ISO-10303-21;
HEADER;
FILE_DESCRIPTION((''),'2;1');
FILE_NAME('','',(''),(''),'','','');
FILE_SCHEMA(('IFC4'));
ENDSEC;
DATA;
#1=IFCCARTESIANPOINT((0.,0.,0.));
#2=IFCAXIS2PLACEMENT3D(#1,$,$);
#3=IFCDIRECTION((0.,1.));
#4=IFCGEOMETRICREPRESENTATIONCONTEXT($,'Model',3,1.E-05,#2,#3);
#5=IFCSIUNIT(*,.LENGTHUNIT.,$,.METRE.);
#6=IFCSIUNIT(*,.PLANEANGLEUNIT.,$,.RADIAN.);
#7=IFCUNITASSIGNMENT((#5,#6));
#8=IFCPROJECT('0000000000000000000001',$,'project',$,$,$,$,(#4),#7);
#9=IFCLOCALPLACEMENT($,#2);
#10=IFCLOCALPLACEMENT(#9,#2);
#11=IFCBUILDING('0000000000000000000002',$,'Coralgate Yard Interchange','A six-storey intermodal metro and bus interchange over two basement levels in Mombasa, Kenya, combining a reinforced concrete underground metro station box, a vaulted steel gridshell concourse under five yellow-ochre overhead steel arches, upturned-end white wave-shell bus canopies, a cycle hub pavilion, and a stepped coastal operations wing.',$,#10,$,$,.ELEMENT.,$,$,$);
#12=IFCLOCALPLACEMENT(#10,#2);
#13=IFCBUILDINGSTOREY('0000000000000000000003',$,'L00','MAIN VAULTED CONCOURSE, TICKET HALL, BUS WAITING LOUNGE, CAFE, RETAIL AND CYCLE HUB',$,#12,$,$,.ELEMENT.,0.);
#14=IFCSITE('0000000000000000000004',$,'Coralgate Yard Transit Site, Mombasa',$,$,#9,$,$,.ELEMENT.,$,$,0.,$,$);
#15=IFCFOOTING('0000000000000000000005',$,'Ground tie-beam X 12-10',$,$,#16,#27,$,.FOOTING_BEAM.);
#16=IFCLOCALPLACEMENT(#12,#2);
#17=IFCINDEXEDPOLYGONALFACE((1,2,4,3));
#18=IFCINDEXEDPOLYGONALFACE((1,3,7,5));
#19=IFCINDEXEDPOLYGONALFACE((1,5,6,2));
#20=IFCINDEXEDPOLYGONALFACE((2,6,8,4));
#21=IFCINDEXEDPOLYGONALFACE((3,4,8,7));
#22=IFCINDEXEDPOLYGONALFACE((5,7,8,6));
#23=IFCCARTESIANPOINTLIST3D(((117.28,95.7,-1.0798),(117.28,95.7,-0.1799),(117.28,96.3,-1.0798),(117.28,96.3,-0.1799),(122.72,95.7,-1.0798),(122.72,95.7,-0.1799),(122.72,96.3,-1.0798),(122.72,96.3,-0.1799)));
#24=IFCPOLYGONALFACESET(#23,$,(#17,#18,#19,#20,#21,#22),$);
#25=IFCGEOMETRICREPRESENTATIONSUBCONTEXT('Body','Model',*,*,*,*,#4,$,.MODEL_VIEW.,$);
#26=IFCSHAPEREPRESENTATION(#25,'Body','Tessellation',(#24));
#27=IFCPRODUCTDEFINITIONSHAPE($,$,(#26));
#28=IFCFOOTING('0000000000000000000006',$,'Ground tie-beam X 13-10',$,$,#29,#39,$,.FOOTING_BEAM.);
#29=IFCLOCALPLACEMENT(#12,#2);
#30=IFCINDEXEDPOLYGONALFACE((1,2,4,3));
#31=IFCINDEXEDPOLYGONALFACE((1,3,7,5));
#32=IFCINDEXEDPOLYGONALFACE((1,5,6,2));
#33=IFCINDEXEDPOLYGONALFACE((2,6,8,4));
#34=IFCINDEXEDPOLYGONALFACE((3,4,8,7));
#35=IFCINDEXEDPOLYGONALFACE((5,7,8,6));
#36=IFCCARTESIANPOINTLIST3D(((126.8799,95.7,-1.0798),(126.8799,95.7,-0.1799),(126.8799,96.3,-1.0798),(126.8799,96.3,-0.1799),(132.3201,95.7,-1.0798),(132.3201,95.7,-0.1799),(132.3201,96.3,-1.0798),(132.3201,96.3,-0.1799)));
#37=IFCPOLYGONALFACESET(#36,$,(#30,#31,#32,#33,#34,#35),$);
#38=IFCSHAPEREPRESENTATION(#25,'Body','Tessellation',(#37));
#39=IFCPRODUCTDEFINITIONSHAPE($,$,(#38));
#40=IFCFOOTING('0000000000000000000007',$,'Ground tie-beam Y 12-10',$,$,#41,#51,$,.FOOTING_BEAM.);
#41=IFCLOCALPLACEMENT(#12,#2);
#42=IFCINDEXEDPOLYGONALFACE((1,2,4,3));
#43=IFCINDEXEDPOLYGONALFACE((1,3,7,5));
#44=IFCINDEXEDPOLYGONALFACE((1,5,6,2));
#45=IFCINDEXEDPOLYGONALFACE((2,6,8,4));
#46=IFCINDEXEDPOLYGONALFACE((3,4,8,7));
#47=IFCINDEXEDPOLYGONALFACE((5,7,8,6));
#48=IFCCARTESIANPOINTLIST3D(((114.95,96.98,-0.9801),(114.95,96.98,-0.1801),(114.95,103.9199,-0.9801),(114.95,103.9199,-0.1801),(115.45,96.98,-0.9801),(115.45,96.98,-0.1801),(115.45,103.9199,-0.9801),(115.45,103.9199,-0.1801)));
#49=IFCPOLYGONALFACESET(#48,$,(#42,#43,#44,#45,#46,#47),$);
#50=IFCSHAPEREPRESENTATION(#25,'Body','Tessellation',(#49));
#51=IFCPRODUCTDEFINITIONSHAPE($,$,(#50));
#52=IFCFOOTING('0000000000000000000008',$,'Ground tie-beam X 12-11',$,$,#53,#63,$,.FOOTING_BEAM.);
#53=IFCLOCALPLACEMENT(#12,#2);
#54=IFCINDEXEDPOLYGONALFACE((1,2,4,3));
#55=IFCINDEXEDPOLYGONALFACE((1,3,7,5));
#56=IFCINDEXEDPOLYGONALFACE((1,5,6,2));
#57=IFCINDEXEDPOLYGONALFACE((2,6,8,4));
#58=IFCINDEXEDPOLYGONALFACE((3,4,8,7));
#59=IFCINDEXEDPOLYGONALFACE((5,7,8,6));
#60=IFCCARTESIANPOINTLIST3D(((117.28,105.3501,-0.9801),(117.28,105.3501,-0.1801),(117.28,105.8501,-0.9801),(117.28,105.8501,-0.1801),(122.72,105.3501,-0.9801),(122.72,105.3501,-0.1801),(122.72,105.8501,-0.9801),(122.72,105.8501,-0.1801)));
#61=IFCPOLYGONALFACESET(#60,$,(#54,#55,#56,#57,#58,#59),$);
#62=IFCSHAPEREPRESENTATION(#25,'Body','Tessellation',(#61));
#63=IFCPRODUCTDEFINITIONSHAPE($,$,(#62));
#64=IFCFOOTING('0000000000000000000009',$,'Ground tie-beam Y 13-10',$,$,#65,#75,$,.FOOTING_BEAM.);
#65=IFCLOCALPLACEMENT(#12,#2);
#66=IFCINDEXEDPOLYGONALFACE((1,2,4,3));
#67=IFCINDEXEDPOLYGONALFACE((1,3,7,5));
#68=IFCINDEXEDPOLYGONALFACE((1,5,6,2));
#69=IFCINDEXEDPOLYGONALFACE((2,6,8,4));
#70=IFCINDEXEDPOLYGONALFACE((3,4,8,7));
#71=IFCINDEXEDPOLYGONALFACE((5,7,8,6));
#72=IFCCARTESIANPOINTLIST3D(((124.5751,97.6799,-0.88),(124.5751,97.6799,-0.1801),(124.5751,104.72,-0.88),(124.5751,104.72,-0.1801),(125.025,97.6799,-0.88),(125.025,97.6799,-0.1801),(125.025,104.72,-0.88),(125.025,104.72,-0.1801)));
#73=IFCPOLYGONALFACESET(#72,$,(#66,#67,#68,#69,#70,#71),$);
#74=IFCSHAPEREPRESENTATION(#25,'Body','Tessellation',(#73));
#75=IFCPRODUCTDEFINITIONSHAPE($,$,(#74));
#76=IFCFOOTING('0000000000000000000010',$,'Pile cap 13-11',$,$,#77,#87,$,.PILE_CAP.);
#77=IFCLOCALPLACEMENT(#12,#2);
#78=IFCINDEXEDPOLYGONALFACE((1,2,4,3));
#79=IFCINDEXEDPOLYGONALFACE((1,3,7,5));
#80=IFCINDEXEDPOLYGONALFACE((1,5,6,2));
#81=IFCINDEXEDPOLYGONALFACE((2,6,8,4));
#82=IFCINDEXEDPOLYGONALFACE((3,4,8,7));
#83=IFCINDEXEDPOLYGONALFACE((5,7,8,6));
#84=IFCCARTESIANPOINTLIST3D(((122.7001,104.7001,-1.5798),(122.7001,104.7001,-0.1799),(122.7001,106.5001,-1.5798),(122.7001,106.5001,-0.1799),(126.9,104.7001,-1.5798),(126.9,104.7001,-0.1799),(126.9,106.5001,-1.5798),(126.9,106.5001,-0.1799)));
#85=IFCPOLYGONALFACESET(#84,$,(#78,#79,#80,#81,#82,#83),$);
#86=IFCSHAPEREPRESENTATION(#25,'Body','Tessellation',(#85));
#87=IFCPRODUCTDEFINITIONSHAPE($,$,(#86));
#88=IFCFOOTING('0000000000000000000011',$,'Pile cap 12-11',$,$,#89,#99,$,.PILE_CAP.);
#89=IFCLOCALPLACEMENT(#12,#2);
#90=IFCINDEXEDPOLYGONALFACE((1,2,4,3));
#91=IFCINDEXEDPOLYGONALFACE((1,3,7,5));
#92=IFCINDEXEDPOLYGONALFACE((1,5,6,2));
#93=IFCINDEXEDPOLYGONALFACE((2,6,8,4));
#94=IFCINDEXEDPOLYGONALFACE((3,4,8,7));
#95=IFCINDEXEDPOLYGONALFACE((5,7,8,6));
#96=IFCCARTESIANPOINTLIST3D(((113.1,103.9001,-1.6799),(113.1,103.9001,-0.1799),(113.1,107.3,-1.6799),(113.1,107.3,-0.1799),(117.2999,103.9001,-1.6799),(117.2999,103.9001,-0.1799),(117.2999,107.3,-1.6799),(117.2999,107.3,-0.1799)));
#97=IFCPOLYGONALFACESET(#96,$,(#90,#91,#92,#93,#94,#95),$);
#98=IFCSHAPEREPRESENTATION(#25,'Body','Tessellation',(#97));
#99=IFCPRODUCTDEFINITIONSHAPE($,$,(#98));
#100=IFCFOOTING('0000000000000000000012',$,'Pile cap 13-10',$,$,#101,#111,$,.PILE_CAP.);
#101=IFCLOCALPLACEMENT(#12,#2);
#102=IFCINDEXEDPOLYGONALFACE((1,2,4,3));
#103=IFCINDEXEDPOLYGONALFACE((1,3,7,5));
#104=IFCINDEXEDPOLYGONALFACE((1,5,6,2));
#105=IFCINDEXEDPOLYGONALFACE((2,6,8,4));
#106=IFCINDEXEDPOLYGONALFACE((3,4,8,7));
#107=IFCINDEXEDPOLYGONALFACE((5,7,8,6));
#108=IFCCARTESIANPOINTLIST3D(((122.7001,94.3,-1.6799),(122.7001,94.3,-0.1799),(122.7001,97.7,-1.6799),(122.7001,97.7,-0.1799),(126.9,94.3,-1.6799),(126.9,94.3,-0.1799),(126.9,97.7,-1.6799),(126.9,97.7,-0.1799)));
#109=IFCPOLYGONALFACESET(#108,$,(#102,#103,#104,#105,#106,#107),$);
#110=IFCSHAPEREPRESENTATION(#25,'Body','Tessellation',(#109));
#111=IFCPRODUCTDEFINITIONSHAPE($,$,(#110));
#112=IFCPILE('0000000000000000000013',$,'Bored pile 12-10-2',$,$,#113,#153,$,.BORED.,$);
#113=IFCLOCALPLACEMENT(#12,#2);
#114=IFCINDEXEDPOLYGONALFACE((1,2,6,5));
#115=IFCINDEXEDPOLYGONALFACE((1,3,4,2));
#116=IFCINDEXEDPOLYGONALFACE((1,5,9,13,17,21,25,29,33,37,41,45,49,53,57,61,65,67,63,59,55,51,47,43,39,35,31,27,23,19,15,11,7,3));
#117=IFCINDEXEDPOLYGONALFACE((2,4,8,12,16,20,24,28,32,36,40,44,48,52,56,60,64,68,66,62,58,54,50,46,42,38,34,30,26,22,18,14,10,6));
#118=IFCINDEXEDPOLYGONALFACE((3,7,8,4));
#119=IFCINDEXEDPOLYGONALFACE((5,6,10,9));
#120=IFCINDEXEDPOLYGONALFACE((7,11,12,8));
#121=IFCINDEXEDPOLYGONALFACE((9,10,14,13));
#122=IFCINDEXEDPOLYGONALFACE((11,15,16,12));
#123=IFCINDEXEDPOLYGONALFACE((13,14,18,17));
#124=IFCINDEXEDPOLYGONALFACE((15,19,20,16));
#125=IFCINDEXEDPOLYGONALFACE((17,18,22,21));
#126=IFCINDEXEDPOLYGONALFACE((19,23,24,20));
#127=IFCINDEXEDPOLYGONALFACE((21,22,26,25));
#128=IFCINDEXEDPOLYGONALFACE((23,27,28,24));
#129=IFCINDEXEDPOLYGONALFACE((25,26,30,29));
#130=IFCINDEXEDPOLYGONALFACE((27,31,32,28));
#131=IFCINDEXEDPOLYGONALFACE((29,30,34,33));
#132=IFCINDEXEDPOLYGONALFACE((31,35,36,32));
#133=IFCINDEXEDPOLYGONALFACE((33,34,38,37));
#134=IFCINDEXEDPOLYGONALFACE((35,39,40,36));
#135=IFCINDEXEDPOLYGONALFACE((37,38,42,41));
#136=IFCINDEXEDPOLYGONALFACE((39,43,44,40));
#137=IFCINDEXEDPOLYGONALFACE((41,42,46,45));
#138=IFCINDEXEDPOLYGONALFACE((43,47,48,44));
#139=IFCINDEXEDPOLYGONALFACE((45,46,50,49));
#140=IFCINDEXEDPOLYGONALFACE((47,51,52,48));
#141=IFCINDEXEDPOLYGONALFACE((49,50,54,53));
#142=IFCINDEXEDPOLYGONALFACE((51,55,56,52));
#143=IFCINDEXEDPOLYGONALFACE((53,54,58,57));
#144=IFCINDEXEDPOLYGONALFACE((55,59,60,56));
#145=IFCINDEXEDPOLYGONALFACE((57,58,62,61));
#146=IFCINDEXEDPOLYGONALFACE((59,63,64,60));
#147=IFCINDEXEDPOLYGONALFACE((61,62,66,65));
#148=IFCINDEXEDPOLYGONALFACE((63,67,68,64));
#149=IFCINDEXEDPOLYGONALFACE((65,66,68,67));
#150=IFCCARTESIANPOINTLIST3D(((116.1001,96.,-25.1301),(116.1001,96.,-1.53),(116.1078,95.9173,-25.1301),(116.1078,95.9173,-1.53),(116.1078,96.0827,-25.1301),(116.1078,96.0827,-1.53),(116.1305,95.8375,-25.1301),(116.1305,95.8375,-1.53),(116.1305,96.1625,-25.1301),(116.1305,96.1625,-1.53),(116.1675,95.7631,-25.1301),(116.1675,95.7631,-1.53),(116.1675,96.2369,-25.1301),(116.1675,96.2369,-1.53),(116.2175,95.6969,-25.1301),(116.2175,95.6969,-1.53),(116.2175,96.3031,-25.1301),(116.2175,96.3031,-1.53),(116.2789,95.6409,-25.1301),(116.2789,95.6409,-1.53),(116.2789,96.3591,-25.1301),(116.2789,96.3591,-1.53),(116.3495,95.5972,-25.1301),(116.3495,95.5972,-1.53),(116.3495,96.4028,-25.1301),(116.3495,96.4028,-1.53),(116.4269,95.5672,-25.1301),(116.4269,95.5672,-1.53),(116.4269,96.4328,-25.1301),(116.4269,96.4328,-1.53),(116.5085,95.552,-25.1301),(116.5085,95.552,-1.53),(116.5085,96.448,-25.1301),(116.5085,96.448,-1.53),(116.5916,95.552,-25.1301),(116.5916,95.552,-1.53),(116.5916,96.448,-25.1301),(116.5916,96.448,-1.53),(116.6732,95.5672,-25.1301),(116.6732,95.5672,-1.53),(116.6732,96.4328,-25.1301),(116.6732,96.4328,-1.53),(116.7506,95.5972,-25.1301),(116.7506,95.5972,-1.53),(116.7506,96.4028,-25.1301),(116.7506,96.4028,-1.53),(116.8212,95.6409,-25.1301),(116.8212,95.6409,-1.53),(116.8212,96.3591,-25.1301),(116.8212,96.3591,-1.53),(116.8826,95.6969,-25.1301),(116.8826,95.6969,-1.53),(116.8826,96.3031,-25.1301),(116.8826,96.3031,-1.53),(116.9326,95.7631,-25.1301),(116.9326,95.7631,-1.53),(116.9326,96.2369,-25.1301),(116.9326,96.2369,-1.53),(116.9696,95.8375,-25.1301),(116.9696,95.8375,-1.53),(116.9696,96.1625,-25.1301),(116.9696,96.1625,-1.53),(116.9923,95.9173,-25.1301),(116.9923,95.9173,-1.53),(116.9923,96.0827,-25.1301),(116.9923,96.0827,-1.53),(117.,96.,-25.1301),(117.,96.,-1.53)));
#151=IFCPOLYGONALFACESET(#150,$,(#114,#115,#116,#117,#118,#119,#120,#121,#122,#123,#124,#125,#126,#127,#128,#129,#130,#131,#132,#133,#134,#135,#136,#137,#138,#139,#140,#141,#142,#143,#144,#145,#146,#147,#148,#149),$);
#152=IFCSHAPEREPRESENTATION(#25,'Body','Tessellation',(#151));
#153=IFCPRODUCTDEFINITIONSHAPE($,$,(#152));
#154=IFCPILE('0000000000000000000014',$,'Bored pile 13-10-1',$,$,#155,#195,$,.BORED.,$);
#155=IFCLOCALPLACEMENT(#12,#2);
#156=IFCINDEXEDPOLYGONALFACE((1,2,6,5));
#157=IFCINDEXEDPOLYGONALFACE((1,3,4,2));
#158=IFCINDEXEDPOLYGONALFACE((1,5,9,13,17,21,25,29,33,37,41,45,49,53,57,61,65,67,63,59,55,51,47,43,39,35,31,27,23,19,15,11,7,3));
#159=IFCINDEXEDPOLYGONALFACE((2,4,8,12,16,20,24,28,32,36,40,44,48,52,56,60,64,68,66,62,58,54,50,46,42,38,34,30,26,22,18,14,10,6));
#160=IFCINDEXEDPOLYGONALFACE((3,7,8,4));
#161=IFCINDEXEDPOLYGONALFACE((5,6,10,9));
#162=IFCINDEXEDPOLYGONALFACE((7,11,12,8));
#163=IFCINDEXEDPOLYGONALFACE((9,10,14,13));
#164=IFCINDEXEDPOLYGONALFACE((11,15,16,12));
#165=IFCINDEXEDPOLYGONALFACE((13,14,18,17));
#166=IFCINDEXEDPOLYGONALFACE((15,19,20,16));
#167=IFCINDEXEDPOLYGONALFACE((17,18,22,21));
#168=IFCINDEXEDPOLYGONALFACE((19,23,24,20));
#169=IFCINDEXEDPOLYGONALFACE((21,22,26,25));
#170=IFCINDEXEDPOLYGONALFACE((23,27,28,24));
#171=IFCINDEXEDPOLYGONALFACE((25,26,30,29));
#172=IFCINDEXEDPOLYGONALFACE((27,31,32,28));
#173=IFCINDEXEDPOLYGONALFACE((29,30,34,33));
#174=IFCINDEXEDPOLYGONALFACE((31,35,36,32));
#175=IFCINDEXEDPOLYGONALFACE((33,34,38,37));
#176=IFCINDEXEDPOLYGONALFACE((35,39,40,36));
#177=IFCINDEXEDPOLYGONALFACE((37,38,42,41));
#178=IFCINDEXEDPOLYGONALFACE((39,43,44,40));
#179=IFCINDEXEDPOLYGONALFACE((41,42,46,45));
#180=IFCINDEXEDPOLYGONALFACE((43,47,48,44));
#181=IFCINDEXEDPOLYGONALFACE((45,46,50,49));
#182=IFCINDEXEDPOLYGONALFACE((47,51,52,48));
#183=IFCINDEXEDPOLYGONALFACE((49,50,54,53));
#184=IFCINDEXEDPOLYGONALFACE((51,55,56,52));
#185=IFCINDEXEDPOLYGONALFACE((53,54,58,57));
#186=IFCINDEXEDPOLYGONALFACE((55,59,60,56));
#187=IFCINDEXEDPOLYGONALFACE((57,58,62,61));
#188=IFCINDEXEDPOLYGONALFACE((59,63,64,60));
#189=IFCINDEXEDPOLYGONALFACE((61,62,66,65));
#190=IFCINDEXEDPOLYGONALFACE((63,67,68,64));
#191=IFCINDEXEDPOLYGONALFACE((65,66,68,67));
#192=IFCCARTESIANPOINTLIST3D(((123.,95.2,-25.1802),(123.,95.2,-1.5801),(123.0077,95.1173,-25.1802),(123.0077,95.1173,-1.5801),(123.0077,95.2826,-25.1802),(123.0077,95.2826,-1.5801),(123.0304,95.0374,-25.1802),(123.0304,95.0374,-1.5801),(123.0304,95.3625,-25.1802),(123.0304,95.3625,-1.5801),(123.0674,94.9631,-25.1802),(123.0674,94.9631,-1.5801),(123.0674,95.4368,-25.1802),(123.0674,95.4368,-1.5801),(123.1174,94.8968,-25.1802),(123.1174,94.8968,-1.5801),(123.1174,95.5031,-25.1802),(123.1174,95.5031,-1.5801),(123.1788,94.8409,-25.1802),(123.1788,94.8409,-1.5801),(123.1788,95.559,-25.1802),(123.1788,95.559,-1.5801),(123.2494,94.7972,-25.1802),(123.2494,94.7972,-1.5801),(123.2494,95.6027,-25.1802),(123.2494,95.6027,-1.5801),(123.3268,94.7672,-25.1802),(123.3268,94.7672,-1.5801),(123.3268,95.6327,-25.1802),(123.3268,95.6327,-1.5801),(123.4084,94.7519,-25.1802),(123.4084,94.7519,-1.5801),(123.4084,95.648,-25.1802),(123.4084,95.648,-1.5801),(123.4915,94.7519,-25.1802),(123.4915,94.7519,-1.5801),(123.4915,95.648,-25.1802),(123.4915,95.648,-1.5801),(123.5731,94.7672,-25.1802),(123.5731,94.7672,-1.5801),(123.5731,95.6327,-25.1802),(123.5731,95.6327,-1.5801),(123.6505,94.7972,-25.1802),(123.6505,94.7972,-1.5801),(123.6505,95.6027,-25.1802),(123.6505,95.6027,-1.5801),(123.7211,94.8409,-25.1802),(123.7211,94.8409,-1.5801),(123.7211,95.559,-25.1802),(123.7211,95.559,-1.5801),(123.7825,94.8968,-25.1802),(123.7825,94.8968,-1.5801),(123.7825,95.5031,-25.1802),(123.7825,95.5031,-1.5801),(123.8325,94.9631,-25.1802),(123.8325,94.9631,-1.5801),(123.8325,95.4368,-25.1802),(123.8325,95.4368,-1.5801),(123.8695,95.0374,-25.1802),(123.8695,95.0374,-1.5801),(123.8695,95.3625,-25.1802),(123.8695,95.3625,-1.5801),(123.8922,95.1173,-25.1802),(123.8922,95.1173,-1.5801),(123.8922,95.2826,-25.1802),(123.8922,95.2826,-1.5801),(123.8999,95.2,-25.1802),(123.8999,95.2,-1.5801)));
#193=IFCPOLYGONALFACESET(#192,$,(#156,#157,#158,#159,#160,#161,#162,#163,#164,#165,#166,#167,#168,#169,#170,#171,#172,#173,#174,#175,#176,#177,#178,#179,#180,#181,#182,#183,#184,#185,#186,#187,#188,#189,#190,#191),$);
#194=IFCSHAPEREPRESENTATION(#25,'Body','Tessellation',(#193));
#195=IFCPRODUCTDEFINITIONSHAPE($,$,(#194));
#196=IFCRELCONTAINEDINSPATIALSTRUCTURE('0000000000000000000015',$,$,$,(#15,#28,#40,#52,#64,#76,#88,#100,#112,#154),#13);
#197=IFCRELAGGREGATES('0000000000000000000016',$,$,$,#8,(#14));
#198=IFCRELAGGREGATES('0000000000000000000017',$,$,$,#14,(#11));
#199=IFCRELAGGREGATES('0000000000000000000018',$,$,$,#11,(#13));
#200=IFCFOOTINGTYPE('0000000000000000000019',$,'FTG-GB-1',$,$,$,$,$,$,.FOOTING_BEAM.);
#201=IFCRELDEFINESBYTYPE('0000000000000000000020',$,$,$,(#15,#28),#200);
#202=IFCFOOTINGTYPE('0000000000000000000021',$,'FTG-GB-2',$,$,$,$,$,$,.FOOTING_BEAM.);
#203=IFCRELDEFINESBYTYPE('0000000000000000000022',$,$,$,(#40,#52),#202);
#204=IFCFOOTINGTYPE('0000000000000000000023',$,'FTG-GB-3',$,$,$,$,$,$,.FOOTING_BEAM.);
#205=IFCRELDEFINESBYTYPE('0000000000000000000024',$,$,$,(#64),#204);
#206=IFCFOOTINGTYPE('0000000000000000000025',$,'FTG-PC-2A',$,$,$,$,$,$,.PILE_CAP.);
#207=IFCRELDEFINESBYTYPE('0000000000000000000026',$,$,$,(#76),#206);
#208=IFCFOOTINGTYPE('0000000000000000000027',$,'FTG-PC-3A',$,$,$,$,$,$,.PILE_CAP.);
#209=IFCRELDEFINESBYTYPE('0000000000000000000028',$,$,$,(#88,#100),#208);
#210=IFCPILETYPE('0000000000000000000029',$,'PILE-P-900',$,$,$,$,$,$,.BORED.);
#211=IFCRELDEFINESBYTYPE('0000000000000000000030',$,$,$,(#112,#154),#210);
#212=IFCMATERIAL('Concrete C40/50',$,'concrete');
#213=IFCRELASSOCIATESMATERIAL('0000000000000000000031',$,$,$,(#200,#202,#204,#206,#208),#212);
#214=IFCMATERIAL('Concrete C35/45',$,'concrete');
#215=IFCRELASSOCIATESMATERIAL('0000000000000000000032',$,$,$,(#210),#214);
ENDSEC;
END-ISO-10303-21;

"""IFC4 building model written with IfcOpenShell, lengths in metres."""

from ifc_helpers import new_model, si_unit, direction, frame, origin, origin_2d, place, context, subcontext, project, spatial, rectangle, circle, extrude, material, material_profile, profile_set, type_object, element, save


model = new_model("IFC4")

# Units and contexts
model_context = context("Model", 3, precision=1e-05, world=origin(), true_north=direction((0.0, 1.0)))
body_context = subcontext(model_context, "Body", "Model", "MODEL_VIEW")
ifc_project = project(units=[si_unit("LENGTHUNIT", "METRE"), si_unit("PLANEANGLEUNIT", "RADIAN")], contexts=[model_context])

# Site, building, storey
site_placement = place(None, origin())
site = spatial("IfcSite", under=ifc_project, at=site_placement, Name="Coralgate Yard Transit Site, Mombasa", CompositionType="ELEMENT", RefElevation=0.0)
building_placement = place(site_placement, origin())
building = spatial("IfcBuilding", under=site, at=building_placement, Name="Coralgate Yard Interchange", Description="A six-storey intermodal metro and bus interchange over two basement levels in Mombasa, Kenya, combining a reinforced concrete underground metro station box, a vaulted steel gridshell concourse under five yellow-ochre overhead steel arches, upturned-end white wave-shell bus canopies, a cycle hub pavilion, and a stepped coastal operations wing.", CompositionType="ELEMENT")
storey_placement = place(building_placement, origin())
storey = spatial("IfcBuildingStorey", under=building, at=storey_placement, Name="L00", Description="MAIN VAULTED CONCOURSE, TICKET HALL, BUS WAITING LOUNGE, CAFE, RETAIL AND CYCLE HUB", CompositionType="ELEMENT", Elevation=0.0)

# Footings
ifc_material_1 = material(Name="Concrete C40/50", Category="concrete")
ifc_material_profile_1 = material_profile(ifc_material_1, rectangle(XDim=0.6001, YDim=0.8999, at=origin_2d()), Name="RC 600x900")
ifc_profile_set_1 = profile_set([ifc_material_profile_1], Name="Concrete C40/50")
footing_type_1 = type_object("IfcFootingType", Name="FTG-GB-1", PredefinedType="FOOTING_BEAM", material=ifc_profile_set_1)
footing_1_placement = place(storey_placement, frame((117.28, 96.0, -0.6299), z_axis=(1.0, 0.0, 0.0), x_axis=(0.0, 1.0, 0.0)))
element("IfcFooting", 1, at=footing_1_placement, inside=storey, type_object=footing_type_1, Name="Ground tie-beam X 12-10", PredefinedType="FOOTING_BEAM", context=body_context, shape_type="SweptSolid", body=[
    extrude(rectangle(XDim=0.6001, YDim=0.8999, at=origin_2d()), origin(), (0.0, 0.0, 1.0), 5.4399),
])
footing_2_placement = place(storey_placement, frame((126.8799, 96.0, -0.6299), z_axis=(1.0, 0.0, 0.0), x_axis=(0.0, 1.0, 0.0)))
element("IfcFooting", 2, at=footing_2_placement, inside=storey, type_object=footing_type_1, Name="Ground tie-beam X 13-10", PredefinedType="FOOTING_BEAM", context=body_context, shape_type="SweptSolid", body=[
    extrude(rectangle(XDim=0.6001, YDim=0.8999, at=origin_2d()), origin(), (0.0, 0.0, 1.0), 5.4402),
])
ifc_material_profile_2 = material_profile(ifc_material_1, rectangle(XDim=0.5, YDim=0.8, at=origin_2d()), Name="RC 500x800")
ifc_profile_set_2 = profile_set([ifc_material_profile_2], Name="Concrete C40/50")
footing_type_2 = type_object("IfcFootingType", Name="FTG-GB-2", PredefinedType="FOOTING_BEAM", material=ifc_profile_set_2)
footing_3_placement = place(storey_placement, frame((115.2, 96.98, -0.5801), z_axis=(0.0, 1.0, 0.0), x_axis=(-1.0, 0.0, 0.0)))
element("IfcFooting", 3, at=footing_3_placement, inside=storey, type_object=footing_type_2, Name="Ground tie-beam Y 12-10", PredefinedType="FOOTING_BEAM", context=body_context, shape_type="SweptSolid", body=[
    extrude(rectangle(XDim=0.5, YDim=0.8, at=origin_2d()), origin(), (0.0, 0.0, 1.0), 6.9399),
])
footing_4_placement = place(storey_placement, frame((117.28, 105.6001, -0.5801), z_axis=(1.0, 0.0, 0.0), x_axis=(0.0, 1.0, 0.0)))
element("IfcFooting", 4, at=footing_4_placement, inside=storey, type_object=footing_type_2, Name="Ground tie-beam X 12-11", PredefinedType="FOOTING_BEAM", context=body_context, shape_type="SweptSolid", body=[
    extrude(rectangle(XDim=0.5, YDim=0.8, at=origin_2d()), origin(), (0.0, 0.0, 1.0), 5.4399),
])
ifc_material_profile_3 = material_profile(ifc_material_1, rectangle(XDim=0.45, YDim=0.7, at=origin_2d()), Name="RC 450x700")
ifc_profile_set_3 = profile_set([ifc_material_profile_3], Name="Concrete C40/50")
footing_type_3 = type_object("IfcFootingType", Name="FTG-GB-3", PredefinedType="FOOTING_BEAM", material=ifc_profile_set_3)
footing_5_placement = place(storey_placement, frame((124.8, 97.6799, -0.53), z_axis=(0.0, 1.0, 0.0), x_axis=(-1.0, 0.0, 0.0)))
element("IfcFooting", 5, at=footing_5_placement, inside=storey, type_object=footing_type_3, Name="Ground tie-beam Y 13-10", PredefinedType="FOOTING_BEAM", context=body_context, shape_type="SweptSolid", body=[
    extrude(rectangle(XDim=0.45, YDim=0.7, at=origin_2d()), origin(), (0.0, 0.0, 1.0), 7.04),
])
footing_type_4 = type_object("IfcFootingType", Name="FTG-PC-2A", PredefinedType="PILE_CAP", material=ifc_material_1)
footing_6_placement = place(storey_placement, frame((124.8, 105.6001, -1.5798), z_axis=(0.0, 0.0, 1.0), x_axis=(1.0, 0.0, 0.0)))
element("IfcFooting", 6, at=footing_6_placement, inside=storey, type_object=footing_type_4, Name="Pile cap 13-11", PredefinedType="PILE_CAP", context=body_context, shape_type="SweptSolid", body=[
    extrude(rectangle(XDim=4.2, YDim=1.8, at=origin_2d()), origin(), (0.0, 0.0, 1.0), 1.3999),
])
footing_type_5 = type_object("IfcFootingType", Name="FTG-PC-3A", PredefinedType="PILE_CAP", material=ifc_material_1)
for number, where, z_axis, x_axis, name in (
    (7, (115.2, 105.6001, -1.6799), (0.0, 0.0, 1.0), (1.0, 0.0, 0.0), "Pile cap 12-11"),
    (8, (124.8, 96.0, -1.6799), (0.0, 0.0, 1.0), (1.0, 0.0, 0.0), "Pile cap 13-10"),
):
    element("IfcFooting", number, at=place(storey_placement, frame(where, z_axis=z_axis, x_axis=x_axis)), inside=storey, type_object=footing_type_5, Name=name, PredefinedType="PILE_CAP", context=body_context, shape_type="SweptSolid", body=[
        extrude(rectangle(XDim=4.2, YDim=3.3999, at=origin_2d()), origin(), (0.0, 0.0, 1.0), 1.5),
    ])

# Piles
ifc_material_2 = material(Name="Concrete C35/45", Category="concrete")
ifc_material_profile_4 = material_profile(ifc_material_2, circle(Radius=0.45, at=origin_2d()), Name="BORED PILE D900")
ifc_profile_set_4 = profile_set([ifc_material_profile_4], Name="Concrete C35/45")
pile_type = type_object("IfcPileType", Name="PILE-P-900", PredefinedType="BORED", material=ifc_profile_set_4)
for number, where, z_axis, x_axis, name in (
    (9, (116.55, 96.0, -1.53), (0.0, 0.0, -1.0), (1.0, 0.0, 0.0), "Bored pile 12-10-2"),
    (10, (123.45, 95.2, -1.5801), (0.0, 0.0, -1.0), (1.0, 0.0, 0.0), "Bored pile 13-10-1"),
):
    element("IfcPile", number, at=place(storey_placement, frame(where, z_axis=z_axis, x_axis=x_axis)), inside=storey, type_object=pile_type, Name=name, PredefinedType="BORED", context=body_context, shape_type="SweptSolid", body=[
        extrude(circle(Radius=0.45, at=origin_2d()), origin(), (0.0, 0.0, 1.0), 23.6001),
    ])

save(model, "model.ifc")
